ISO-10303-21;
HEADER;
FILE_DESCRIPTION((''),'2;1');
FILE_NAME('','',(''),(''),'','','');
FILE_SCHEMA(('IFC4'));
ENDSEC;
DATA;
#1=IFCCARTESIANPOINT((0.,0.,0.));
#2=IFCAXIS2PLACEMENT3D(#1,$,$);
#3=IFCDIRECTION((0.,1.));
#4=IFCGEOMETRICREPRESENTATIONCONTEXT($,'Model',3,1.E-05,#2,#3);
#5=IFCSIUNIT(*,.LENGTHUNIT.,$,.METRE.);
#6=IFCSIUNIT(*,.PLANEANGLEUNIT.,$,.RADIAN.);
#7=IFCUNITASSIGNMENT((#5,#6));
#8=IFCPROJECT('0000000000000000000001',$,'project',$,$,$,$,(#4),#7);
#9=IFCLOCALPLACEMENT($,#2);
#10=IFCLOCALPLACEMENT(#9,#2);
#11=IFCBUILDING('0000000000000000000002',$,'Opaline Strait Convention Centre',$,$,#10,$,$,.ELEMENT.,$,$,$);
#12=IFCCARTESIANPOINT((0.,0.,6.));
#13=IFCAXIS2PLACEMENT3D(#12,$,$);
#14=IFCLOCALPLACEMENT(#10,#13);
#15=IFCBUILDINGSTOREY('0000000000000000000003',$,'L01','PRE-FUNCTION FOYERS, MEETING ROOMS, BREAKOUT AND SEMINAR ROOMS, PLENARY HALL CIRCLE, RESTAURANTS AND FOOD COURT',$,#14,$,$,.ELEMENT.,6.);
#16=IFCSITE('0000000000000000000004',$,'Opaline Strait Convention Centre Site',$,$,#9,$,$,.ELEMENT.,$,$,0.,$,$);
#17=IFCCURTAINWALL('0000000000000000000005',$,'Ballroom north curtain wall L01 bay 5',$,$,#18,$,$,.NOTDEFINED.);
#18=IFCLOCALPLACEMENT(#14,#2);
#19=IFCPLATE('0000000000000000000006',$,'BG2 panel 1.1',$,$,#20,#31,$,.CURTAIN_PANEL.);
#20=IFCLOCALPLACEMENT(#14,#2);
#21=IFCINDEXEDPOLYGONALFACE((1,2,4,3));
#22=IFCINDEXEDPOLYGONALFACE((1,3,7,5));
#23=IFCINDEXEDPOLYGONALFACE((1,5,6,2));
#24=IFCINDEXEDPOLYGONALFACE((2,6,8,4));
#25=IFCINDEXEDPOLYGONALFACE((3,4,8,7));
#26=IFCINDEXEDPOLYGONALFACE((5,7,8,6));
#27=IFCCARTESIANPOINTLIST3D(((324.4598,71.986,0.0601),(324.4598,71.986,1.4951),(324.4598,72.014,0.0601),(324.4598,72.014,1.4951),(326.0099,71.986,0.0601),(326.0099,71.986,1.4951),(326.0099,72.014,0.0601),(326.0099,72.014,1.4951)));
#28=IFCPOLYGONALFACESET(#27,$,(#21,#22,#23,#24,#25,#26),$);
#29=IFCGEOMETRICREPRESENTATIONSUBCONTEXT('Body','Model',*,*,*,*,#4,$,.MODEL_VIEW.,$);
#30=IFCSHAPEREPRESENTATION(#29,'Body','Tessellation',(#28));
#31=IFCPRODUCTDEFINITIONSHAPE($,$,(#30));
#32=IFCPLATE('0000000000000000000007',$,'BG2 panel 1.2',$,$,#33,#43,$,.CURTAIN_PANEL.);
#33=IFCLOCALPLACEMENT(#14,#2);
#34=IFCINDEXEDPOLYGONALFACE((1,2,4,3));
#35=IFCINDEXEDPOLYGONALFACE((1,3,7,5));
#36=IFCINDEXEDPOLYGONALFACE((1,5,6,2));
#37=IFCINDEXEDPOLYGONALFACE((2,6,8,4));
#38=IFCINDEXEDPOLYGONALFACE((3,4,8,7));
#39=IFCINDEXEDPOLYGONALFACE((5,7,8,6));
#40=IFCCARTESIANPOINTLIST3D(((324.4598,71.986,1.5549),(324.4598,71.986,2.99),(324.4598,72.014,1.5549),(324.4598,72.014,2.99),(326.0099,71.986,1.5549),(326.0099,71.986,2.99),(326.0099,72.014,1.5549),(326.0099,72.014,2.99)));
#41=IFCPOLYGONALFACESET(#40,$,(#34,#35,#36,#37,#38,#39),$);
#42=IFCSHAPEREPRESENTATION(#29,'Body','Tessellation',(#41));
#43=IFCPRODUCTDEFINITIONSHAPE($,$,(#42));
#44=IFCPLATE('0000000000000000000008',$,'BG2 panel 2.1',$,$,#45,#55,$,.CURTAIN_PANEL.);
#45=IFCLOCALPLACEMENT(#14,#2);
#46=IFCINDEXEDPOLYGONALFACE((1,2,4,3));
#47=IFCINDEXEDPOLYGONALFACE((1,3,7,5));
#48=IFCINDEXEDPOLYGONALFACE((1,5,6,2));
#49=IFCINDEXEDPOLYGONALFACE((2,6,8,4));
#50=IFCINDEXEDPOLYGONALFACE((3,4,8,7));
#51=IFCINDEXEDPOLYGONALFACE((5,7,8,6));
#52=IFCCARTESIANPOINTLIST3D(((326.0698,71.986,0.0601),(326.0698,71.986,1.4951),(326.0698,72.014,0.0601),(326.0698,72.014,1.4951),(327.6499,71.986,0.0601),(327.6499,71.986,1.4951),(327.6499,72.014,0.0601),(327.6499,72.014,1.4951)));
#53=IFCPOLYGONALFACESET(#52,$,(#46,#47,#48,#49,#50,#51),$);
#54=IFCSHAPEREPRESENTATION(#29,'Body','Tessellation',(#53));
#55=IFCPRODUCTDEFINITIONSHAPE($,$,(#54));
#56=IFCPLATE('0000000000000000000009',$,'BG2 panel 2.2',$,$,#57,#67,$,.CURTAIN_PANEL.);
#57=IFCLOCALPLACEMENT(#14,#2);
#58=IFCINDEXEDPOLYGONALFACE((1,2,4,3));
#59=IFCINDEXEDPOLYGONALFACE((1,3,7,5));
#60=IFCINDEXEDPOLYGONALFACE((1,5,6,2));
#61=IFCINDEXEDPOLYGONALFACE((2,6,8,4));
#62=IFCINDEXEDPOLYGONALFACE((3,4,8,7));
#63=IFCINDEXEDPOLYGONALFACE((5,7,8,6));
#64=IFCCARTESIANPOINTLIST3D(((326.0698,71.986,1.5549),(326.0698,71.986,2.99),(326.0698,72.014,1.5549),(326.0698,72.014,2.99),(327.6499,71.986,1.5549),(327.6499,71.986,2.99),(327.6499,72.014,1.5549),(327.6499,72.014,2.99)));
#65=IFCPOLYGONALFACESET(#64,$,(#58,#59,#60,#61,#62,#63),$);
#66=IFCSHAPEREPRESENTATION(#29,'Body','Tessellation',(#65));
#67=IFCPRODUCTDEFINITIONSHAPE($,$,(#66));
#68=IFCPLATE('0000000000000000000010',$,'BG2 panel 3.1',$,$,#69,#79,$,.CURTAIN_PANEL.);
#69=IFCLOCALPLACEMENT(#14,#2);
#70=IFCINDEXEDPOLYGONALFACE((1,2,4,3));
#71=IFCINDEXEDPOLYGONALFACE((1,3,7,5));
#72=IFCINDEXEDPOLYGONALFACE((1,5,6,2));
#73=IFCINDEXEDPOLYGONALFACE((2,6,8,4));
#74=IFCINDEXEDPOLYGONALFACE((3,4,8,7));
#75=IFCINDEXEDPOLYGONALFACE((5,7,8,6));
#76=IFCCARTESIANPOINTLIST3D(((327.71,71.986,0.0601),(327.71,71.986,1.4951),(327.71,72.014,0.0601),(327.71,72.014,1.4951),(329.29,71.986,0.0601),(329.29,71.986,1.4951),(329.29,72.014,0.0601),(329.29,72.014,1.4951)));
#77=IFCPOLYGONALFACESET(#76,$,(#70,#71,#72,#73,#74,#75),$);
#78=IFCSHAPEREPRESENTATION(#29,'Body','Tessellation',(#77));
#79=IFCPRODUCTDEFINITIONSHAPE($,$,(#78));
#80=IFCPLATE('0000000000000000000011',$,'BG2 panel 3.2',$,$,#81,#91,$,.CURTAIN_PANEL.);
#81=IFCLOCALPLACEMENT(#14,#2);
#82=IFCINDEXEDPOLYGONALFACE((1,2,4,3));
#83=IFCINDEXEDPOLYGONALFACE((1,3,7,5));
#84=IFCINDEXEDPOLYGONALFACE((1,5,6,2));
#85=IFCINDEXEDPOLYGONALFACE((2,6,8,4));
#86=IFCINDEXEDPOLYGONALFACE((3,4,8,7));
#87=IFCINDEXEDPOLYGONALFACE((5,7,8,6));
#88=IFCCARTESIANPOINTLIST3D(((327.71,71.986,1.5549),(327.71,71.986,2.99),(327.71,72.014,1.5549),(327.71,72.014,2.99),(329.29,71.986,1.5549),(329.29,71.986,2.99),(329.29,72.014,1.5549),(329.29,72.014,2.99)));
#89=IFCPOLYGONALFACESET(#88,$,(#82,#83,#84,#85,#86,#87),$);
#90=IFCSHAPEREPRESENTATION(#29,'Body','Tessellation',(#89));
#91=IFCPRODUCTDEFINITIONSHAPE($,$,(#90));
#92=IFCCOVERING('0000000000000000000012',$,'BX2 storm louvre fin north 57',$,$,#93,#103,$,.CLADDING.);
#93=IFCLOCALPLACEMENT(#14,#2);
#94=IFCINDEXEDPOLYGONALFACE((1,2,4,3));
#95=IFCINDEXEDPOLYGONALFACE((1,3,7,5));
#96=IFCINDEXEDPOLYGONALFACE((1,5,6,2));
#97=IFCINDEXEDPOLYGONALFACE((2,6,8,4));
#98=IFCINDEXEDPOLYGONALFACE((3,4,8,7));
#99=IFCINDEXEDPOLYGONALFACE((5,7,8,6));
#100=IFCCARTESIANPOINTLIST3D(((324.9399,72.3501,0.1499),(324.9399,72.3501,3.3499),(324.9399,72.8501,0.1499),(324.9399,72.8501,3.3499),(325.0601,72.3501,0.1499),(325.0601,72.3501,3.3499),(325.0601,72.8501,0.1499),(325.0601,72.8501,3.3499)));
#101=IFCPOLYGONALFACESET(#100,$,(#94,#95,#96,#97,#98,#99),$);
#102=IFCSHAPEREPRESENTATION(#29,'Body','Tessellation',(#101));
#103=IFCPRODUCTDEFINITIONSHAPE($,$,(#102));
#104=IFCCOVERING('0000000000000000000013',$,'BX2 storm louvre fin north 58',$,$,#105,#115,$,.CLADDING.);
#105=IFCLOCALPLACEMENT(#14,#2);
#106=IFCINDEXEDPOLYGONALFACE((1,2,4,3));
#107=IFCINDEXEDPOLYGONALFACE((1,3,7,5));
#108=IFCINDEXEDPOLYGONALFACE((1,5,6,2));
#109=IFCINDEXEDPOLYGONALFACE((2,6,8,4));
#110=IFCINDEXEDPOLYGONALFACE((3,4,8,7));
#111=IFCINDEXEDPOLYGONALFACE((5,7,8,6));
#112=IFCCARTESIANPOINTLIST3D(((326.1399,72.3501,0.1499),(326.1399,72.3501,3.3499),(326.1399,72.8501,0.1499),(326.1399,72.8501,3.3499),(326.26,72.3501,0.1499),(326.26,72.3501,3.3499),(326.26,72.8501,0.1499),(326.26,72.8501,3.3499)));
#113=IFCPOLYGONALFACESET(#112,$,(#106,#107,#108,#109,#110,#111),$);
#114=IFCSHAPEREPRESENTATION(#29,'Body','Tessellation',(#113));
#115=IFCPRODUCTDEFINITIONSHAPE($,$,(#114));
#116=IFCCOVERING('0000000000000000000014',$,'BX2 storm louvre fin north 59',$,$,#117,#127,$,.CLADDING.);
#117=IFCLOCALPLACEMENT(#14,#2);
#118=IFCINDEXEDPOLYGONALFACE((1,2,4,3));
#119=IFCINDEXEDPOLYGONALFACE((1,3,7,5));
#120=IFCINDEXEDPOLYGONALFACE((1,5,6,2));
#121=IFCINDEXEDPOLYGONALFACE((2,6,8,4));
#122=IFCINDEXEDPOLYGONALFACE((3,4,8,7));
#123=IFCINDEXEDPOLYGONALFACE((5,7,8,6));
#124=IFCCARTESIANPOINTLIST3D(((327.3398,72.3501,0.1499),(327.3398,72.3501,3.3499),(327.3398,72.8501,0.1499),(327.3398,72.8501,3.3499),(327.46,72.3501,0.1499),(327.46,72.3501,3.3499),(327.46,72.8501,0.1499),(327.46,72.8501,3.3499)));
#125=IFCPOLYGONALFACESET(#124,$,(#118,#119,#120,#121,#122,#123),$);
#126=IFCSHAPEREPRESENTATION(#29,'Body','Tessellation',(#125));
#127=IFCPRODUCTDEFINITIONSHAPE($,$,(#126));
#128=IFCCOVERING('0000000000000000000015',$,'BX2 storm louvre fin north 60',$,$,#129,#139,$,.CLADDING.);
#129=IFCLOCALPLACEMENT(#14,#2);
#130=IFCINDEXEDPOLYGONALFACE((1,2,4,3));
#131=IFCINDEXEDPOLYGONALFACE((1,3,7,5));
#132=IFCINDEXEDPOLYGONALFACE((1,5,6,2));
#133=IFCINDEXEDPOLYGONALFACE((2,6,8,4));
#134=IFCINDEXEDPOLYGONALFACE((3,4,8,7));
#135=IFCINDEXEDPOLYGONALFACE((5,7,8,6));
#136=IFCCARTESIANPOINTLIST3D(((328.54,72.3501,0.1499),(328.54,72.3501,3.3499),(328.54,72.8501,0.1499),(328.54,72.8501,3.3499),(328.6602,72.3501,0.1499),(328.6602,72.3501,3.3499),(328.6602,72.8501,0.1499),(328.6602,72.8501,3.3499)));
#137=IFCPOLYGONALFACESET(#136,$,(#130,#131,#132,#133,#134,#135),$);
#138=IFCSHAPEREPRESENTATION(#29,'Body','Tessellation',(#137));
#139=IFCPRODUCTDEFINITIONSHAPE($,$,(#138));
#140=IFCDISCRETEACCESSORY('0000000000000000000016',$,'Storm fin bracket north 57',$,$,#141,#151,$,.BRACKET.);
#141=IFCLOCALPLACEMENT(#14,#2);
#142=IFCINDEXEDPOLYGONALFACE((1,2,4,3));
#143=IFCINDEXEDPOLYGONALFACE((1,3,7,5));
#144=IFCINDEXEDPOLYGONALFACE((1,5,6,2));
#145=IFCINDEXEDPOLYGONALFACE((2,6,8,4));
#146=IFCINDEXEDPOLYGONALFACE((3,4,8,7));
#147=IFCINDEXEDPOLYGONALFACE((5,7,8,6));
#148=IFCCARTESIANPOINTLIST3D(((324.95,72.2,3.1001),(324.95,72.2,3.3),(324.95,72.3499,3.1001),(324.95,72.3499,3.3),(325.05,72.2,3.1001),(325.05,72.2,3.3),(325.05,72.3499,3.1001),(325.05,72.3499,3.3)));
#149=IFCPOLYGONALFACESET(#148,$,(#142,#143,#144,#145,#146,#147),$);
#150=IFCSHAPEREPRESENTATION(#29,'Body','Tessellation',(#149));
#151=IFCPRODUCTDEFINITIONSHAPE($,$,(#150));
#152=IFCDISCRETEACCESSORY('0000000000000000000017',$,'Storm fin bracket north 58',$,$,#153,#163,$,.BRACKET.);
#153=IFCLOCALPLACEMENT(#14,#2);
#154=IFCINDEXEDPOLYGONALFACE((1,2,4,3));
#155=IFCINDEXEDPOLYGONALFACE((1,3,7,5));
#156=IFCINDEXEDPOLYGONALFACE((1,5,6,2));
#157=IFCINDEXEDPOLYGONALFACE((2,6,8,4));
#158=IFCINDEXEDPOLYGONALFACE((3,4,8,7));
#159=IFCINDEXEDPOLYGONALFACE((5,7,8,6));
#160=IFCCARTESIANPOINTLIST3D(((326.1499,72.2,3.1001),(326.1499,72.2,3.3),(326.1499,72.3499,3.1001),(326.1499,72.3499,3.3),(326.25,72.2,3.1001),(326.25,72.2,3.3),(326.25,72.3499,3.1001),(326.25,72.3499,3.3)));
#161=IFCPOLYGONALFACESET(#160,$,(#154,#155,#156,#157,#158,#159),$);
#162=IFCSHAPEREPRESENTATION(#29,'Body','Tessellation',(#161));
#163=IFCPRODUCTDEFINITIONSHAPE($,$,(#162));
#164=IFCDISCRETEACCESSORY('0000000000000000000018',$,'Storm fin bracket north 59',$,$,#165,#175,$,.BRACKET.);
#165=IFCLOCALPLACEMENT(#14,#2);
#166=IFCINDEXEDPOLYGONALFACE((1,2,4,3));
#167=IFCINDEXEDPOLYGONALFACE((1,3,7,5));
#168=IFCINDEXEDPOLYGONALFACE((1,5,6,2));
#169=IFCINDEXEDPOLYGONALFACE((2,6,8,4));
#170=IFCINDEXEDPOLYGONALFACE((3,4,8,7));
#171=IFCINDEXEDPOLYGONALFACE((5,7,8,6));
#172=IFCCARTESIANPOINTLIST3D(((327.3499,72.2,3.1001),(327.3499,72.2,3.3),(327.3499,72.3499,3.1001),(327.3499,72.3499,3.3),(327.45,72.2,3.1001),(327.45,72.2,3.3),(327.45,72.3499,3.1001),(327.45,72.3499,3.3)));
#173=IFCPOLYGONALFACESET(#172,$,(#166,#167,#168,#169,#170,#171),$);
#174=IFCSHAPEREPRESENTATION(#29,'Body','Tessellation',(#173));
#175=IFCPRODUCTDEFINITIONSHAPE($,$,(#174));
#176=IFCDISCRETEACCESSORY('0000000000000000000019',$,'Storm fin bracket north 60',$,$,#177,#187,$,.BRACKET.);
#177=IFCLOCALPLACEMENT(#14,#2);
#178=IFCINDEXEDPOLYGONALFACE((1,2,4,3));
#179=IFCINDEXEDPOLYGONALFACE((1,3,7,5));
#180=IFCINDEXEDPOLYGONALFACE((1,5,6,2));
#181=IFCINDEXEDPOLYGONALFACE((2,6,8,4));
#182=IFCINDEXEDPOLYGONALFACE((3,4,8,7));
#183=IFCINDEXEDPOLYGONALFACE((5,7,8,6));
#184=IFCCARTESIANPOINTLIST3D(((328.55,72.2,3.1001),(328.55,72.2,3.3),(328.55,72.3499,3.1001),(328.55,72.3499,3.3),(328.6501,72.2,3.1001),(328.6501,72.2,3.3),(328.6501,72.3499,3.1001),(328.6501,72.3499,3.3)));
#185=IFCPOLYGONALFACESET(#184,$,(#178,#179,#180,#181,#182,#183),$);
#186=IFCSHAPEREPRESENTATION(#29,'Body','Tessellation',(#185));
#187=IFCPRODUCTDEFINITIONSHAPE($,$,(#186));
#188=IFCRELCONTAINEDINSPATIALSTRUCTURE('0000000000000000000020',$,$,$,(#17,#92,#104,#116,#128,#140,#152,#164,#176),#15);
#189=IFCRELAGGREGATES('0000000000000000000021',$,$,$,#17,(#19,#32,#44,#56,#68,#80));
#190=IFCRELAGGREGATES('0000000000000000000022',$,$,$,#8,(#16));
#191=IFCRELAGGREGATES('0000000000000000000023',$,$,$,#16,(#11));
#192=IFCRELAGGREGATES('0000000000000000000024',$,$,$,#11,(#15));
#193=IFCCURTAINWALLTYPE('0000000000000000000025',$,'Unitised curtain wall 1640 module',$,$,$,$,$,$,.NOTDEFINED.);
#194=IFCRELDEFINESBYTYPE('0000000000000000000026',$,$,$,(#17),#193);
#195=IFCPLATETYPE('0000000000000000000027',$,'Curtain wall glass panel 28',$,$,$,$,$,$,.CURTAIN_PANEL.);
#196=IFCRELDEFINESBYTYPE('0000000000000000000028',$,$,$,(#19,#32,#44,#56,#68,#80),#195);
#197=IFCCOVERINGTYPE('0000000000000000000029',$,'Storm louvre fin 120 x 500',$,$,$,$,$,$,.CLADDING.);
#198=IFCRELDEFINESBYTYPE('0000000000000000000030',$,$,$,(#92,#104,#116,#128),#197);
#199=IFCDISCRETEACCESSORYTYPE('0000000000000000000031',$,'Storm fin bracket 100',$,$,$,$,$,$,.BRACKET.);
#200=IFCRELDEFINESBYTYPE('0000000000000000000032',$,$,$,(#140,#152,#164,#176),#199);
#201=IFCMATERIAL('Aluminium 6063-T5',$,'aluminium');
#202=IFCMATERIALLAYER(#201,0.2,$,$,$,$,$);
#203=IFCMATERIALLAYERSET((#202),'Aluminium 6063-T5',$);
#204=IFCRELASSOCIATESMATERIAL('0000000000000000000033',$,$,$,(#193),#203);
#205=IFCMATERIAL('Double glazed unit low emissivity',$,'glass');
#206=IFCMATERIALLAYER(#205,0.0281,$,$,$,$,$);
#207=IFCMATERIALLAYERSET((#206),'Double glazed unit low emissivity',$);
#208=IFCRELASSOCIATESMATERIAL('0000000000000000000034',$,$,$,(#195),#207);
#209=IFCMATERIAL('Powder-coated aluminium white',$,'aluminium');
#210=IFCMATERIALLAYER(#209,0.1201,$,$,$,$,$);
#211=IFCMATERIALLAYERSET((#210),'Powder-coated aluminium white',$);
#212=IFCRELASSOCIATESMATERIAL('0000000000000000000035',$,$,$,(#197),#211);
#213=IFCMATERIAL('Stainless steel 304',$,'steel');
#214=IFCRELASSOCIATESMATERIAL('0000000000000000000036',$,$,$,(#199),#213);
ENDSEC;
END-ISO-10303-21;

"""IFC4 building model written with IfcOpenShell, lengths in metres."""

from ifc_helpers import new_model, si_unit, direction, frame, origin, origin_2d, place, context, subcontext, project, spatial, rectangle, extrude, material, layer, layer_set, type_object, element, aggregate, save


model = new_model("IFC4")

# Units and contexts
model_context = context("Model", 3, precision=1e-05, world=origin(), true_north=direction((0.0, 1.0)))
body_context = subcontext(model_context, "Body", "Model", "MODEL_VIEW")
ifc_project = project(units=[si_unit("LENGTHUNIT", "METRE"), si_unit("PLANEANGLEUNIT", "RADIAN")], contexts=[model_context])

# Site, building, storey
site_placement = place(None, origin())
site = spatial("IfcSite", under=ifc_project, at=site_placement, Name="Opaline Strait Convention Centre Site", CompositionType="ELEMENT", RefElevation=0.0)
building_placement = place(site_placement, origin())
building = spatial("IfcBuilding", under=site, at=building_placement, Name="Opaline Strait Convention Centre", CompositionType="ELEMENT")
storey_placement = place(building_placement, frame((0.0, 0.0, 6.0)))
storey = spatial("IfcBuildingStorey", under=building, at=storey_placement, Name="L01", Description="PRE-FUNCTION FOYERS, MEETING ROOMS, BREAKOUT AND SEMINAR ROOMS, PLENARY HALL CIRCLE, RESTAURANTS AND FOOD COURT", CompositionType="ELEMENT", Elevation=6.0)

# Curtain wall, plates
ifc_material_1 = material(Name="Aluminium 6063-T5", Category="aluminium")
ifc_layer_1 = layer(ifc_material_1, 0.2)
ifc_layer_set_1 = layer_set([ifc_layer_1], Name="Aluminium 6063-T5")
curtain_wall_type = type_object("IfcCurtainWallType", Name="Unitised curtain wall 1640 module", PredefinedType="NOTDEFINED", material=ifc_layer_set_1)
curtain_wall_placement = place(storey_placement, origin())
curtain_wall = element("IfcCurtainWall", 1, at=curtain_wall_placement, inside=storey, type_object=curtain_wall_type, Name="Ballroom north curtain wall L01 bay 5", PredefinedType="NOTDEFINED")
ifc_material_2 = material(Name="Double glazed unit low emissivity", Category="glass")
ifc_layer_2 = layer(ifc_material_2, 0.0281)
ifc_layer_set_2 = layer_set([ifc_layer_2], Name="Double glazed unit low emissivity")
plate_type = type_object("IfcPlateType", Name="Curtain wall glass panel 28", PredefinedType="CURTAIN_PANEL", material=ifc_layer_set_2)
plate_1_placement = place(storey_placement, frame((325.2349, 72.0, 0.0601), z_axis=(0.0, 0.0, 1.0), x_axis=(1.0, 0.0, 0.0)))
plate_1 = element("IfcPlate", 2, at=plate_1_placement, type_object=plate_type, Name="BG2 panel 1.1", PredefinedType="CURTAIN_PANEL", context=body_context, shape_type="SweptSolid", body=[
    extrude(rectangle(XDim=1.55, YDim=0.0281, at=origin_2d()), origin(), (0.0, 0.0, 1.0), 1.4351),
])
plate_2_placement = place(storey_placement, frame((325.2349, 72.0, 1.5549), z_axis=(0.0, 0.0, 1.0), x_axis=(1.0, 0.0, 0.0)))
plate_2 = element("IfcPlate", 3, at=plate_2_placement, type_object=plate_type, Name="BG2 panel 1.2", PredefinedType="CURTAIN_PANEL", context=body_context, shape_type="SweptSolid", body=[
    extrude(rectangle(XDim=1.55, YDim=0.0281, at=origin_2d()), origin(), (0.0, 0.0, 1.0), 1.4351),
])
plate_3_placement = place(storey_placement, frame((326.8599, 72.0, 0.0601), z_axis=(0.0, 0.0, 1.0), x_axis=(1.0, 0.0, 0.0)))
plate_3 = element("IfcPlate", 4, at=plate_3_placement, type_object=plate_type, Name="BG2 panel 2.1", PredefinedType="CURTAIN_PANEL", context=body_context, shape_type="SweptSolid", body=[
    extrude(rectangle(XDim=1.5801, YDim=0.0281, at=origin_2d()), origin(), (0.0, 0.0, 1.0), 1.4351),
])
plate_4_placement = place(storey_placement, frame((326.8599, 72.0, 1.5549), z_axis=(0.0, 0.0, 1.0), x_axis=(1.0, 0.0, 0.0)))
plate_4 = element("IfcPlate", 5, at=plate_4_placement, type_object=plate_type, Name="BG2 panel 2.2", PredefinedType="CURTAIN_PANEL", context=body_context, shape_type="SweptSolid", body=[
    extrude(rectangle(XDim=1.5801, YDim=0.0281, at=origin_2d()), origin(), (0.0, 0.0, 1.0), 1.4351),
])
plate_5_placement = place(storey_placement, frame((328.5, 72.0, 0.0601), z_axis=(0.0, 0.0, 1.0), x_axis=(1.0, 0.0, 0.0)))
plate_5 = element("IfcPlate", 6, at=plate_5_placement, type_object=plate_type, Name="BG2 panel 3.1", PredefinedType="CURTAIN_PANEL", context=body_context, shape_type="SweptSolid", body=[
    extrude(rectangle(XDim=1.5801, YDim=0.0281, at=origin_2d()), origin(), (0.0, 0.0, 1.0), 1.4351),
])
plate_6_placement = place(storey_placement, frame((328.5, 72.0, 1.5549), z_axis=(0.0, 0.0, 1.0), x_axis=(1.0, 0.0, 0.0)))
plate_6 = element("IfcPlate", 7, at=plate_6_placement, type_object=plate_type, Name="BG2 panel 3.2", PredefinedType="CURTAIN_PANEL", context=body_context, shape_type="SweptSolid", body=[
    extrude(rectangle(XDim=1.5801, YDim=0.0281, at=origin_2d()), origin(), (0.0, 0.0, 1.0), 1.4351),
])
aggregate(curtain_wall, [plate_1, plate_2, plate_3, plate_4, plate_5, plate_6])

# Coverings
ifc_material_3 = material(Name="Powder-coated aluminium white", Category="aluminium")
ifc_layer_3 = layer(ifc_material_3, 0.1201)
ifc_layer_set_3 = layer_set([ifc_layer_3], Name="Powder-coated aluminium white")
covering_type = type_object("IfcCoveringType", Name="Storm louvre fin 120 x 500", PredefinedType="CLADDING", material=ifc_layer_set_3)
for number, where, z_axis, x_axis, name in (
    (8, (325.0, 72.6001, 0.1499), (0.0, 0.0, 1.0), (1.0, 0.0, 0.0), "BX2 storm louvre fin north 57"),
    (9, (326.2, 72.6001, 0.1499), (0.0, 0.0, 1.0), (1.0, 0.0, 0.0), "BX2 storm louvre fin north 58"),
    (10, (327.3999, 72.6001, 0.1499), (0.0, 0.0, 1.0), (1.0, 0.0, 0.0), "BX2 storm louvre fin north 59"),
    (11, (328.6001, 72.6001, 0.1499), (0.0, 0.0, 1.0), (1.0, 0.0, 0.0), "BX2 storm louvre fin north 60"),
):
    element("IfcCovering", number, at=place(storey_placement, frame(where, z_axis=z_axis, x_axis=x_axis)), inside=storey, type_object=covering_type, Name=name, PredefinedType="CLADDING", context=body_context, shape_type="SweptSolid", body=[
        extrude(rectangle(XDim=0.1201, YDim=0.5, at=origin_2d()), origin(), (0.0, 0.0, 1.0), 3.2),
    ])

# Discrete accessories
ifc_material_4 = material(Name="Stainless steel 304", Category="steel")
discrete_accessory_type = type_object("IfcDiscreteAccessoryType", Name="Storm fin bracket 100", PredefinedType="BRACKET", material=ifc_material_4)
for number, where, z_axis, x_axis, name in (
    (12, (325.0, 72.2749, 3.1001), (0.0, 0.0, 1.0), (1.0, 0.0, 0.0), "Storm fin bracket north 57"),
    (13, (326.2, 72.2749, 3.1001), (0.0, 0.0, 1.0), (1.0, 0.0, 0.0), "Storm fin bracket north 58"),
    (14, (327.3999, 72.2749, 3.1001), (0.0, 0.0, 1.0), (1.0, 0.0, 0.0), "Storm fin bracket north 59"),
    (15, (328.6001, 72.2749, 3.1001), (0.0, 0.0, 1.0), (1.0, 0.0, 0.0), "Storm fin bracket north 60"),
):
    element("IfcDiscreteAccessory", number, at=place(storey_placement, frame(where, z_axis=z_axis, x_axis=x_axis)), inside=storey, type_object=discrete_accessory_type, Name=name, PredefinedType="BRACKET", context=body_context, shape_type="SweptSolid", body=[
        extrude(rectangle(XDim=0.1001, YDim=0.1499, at=origin_2d()), origin(), (0.0, 0.0, 1.0), 0.2),
    ])

save(model, "model.ifc")
